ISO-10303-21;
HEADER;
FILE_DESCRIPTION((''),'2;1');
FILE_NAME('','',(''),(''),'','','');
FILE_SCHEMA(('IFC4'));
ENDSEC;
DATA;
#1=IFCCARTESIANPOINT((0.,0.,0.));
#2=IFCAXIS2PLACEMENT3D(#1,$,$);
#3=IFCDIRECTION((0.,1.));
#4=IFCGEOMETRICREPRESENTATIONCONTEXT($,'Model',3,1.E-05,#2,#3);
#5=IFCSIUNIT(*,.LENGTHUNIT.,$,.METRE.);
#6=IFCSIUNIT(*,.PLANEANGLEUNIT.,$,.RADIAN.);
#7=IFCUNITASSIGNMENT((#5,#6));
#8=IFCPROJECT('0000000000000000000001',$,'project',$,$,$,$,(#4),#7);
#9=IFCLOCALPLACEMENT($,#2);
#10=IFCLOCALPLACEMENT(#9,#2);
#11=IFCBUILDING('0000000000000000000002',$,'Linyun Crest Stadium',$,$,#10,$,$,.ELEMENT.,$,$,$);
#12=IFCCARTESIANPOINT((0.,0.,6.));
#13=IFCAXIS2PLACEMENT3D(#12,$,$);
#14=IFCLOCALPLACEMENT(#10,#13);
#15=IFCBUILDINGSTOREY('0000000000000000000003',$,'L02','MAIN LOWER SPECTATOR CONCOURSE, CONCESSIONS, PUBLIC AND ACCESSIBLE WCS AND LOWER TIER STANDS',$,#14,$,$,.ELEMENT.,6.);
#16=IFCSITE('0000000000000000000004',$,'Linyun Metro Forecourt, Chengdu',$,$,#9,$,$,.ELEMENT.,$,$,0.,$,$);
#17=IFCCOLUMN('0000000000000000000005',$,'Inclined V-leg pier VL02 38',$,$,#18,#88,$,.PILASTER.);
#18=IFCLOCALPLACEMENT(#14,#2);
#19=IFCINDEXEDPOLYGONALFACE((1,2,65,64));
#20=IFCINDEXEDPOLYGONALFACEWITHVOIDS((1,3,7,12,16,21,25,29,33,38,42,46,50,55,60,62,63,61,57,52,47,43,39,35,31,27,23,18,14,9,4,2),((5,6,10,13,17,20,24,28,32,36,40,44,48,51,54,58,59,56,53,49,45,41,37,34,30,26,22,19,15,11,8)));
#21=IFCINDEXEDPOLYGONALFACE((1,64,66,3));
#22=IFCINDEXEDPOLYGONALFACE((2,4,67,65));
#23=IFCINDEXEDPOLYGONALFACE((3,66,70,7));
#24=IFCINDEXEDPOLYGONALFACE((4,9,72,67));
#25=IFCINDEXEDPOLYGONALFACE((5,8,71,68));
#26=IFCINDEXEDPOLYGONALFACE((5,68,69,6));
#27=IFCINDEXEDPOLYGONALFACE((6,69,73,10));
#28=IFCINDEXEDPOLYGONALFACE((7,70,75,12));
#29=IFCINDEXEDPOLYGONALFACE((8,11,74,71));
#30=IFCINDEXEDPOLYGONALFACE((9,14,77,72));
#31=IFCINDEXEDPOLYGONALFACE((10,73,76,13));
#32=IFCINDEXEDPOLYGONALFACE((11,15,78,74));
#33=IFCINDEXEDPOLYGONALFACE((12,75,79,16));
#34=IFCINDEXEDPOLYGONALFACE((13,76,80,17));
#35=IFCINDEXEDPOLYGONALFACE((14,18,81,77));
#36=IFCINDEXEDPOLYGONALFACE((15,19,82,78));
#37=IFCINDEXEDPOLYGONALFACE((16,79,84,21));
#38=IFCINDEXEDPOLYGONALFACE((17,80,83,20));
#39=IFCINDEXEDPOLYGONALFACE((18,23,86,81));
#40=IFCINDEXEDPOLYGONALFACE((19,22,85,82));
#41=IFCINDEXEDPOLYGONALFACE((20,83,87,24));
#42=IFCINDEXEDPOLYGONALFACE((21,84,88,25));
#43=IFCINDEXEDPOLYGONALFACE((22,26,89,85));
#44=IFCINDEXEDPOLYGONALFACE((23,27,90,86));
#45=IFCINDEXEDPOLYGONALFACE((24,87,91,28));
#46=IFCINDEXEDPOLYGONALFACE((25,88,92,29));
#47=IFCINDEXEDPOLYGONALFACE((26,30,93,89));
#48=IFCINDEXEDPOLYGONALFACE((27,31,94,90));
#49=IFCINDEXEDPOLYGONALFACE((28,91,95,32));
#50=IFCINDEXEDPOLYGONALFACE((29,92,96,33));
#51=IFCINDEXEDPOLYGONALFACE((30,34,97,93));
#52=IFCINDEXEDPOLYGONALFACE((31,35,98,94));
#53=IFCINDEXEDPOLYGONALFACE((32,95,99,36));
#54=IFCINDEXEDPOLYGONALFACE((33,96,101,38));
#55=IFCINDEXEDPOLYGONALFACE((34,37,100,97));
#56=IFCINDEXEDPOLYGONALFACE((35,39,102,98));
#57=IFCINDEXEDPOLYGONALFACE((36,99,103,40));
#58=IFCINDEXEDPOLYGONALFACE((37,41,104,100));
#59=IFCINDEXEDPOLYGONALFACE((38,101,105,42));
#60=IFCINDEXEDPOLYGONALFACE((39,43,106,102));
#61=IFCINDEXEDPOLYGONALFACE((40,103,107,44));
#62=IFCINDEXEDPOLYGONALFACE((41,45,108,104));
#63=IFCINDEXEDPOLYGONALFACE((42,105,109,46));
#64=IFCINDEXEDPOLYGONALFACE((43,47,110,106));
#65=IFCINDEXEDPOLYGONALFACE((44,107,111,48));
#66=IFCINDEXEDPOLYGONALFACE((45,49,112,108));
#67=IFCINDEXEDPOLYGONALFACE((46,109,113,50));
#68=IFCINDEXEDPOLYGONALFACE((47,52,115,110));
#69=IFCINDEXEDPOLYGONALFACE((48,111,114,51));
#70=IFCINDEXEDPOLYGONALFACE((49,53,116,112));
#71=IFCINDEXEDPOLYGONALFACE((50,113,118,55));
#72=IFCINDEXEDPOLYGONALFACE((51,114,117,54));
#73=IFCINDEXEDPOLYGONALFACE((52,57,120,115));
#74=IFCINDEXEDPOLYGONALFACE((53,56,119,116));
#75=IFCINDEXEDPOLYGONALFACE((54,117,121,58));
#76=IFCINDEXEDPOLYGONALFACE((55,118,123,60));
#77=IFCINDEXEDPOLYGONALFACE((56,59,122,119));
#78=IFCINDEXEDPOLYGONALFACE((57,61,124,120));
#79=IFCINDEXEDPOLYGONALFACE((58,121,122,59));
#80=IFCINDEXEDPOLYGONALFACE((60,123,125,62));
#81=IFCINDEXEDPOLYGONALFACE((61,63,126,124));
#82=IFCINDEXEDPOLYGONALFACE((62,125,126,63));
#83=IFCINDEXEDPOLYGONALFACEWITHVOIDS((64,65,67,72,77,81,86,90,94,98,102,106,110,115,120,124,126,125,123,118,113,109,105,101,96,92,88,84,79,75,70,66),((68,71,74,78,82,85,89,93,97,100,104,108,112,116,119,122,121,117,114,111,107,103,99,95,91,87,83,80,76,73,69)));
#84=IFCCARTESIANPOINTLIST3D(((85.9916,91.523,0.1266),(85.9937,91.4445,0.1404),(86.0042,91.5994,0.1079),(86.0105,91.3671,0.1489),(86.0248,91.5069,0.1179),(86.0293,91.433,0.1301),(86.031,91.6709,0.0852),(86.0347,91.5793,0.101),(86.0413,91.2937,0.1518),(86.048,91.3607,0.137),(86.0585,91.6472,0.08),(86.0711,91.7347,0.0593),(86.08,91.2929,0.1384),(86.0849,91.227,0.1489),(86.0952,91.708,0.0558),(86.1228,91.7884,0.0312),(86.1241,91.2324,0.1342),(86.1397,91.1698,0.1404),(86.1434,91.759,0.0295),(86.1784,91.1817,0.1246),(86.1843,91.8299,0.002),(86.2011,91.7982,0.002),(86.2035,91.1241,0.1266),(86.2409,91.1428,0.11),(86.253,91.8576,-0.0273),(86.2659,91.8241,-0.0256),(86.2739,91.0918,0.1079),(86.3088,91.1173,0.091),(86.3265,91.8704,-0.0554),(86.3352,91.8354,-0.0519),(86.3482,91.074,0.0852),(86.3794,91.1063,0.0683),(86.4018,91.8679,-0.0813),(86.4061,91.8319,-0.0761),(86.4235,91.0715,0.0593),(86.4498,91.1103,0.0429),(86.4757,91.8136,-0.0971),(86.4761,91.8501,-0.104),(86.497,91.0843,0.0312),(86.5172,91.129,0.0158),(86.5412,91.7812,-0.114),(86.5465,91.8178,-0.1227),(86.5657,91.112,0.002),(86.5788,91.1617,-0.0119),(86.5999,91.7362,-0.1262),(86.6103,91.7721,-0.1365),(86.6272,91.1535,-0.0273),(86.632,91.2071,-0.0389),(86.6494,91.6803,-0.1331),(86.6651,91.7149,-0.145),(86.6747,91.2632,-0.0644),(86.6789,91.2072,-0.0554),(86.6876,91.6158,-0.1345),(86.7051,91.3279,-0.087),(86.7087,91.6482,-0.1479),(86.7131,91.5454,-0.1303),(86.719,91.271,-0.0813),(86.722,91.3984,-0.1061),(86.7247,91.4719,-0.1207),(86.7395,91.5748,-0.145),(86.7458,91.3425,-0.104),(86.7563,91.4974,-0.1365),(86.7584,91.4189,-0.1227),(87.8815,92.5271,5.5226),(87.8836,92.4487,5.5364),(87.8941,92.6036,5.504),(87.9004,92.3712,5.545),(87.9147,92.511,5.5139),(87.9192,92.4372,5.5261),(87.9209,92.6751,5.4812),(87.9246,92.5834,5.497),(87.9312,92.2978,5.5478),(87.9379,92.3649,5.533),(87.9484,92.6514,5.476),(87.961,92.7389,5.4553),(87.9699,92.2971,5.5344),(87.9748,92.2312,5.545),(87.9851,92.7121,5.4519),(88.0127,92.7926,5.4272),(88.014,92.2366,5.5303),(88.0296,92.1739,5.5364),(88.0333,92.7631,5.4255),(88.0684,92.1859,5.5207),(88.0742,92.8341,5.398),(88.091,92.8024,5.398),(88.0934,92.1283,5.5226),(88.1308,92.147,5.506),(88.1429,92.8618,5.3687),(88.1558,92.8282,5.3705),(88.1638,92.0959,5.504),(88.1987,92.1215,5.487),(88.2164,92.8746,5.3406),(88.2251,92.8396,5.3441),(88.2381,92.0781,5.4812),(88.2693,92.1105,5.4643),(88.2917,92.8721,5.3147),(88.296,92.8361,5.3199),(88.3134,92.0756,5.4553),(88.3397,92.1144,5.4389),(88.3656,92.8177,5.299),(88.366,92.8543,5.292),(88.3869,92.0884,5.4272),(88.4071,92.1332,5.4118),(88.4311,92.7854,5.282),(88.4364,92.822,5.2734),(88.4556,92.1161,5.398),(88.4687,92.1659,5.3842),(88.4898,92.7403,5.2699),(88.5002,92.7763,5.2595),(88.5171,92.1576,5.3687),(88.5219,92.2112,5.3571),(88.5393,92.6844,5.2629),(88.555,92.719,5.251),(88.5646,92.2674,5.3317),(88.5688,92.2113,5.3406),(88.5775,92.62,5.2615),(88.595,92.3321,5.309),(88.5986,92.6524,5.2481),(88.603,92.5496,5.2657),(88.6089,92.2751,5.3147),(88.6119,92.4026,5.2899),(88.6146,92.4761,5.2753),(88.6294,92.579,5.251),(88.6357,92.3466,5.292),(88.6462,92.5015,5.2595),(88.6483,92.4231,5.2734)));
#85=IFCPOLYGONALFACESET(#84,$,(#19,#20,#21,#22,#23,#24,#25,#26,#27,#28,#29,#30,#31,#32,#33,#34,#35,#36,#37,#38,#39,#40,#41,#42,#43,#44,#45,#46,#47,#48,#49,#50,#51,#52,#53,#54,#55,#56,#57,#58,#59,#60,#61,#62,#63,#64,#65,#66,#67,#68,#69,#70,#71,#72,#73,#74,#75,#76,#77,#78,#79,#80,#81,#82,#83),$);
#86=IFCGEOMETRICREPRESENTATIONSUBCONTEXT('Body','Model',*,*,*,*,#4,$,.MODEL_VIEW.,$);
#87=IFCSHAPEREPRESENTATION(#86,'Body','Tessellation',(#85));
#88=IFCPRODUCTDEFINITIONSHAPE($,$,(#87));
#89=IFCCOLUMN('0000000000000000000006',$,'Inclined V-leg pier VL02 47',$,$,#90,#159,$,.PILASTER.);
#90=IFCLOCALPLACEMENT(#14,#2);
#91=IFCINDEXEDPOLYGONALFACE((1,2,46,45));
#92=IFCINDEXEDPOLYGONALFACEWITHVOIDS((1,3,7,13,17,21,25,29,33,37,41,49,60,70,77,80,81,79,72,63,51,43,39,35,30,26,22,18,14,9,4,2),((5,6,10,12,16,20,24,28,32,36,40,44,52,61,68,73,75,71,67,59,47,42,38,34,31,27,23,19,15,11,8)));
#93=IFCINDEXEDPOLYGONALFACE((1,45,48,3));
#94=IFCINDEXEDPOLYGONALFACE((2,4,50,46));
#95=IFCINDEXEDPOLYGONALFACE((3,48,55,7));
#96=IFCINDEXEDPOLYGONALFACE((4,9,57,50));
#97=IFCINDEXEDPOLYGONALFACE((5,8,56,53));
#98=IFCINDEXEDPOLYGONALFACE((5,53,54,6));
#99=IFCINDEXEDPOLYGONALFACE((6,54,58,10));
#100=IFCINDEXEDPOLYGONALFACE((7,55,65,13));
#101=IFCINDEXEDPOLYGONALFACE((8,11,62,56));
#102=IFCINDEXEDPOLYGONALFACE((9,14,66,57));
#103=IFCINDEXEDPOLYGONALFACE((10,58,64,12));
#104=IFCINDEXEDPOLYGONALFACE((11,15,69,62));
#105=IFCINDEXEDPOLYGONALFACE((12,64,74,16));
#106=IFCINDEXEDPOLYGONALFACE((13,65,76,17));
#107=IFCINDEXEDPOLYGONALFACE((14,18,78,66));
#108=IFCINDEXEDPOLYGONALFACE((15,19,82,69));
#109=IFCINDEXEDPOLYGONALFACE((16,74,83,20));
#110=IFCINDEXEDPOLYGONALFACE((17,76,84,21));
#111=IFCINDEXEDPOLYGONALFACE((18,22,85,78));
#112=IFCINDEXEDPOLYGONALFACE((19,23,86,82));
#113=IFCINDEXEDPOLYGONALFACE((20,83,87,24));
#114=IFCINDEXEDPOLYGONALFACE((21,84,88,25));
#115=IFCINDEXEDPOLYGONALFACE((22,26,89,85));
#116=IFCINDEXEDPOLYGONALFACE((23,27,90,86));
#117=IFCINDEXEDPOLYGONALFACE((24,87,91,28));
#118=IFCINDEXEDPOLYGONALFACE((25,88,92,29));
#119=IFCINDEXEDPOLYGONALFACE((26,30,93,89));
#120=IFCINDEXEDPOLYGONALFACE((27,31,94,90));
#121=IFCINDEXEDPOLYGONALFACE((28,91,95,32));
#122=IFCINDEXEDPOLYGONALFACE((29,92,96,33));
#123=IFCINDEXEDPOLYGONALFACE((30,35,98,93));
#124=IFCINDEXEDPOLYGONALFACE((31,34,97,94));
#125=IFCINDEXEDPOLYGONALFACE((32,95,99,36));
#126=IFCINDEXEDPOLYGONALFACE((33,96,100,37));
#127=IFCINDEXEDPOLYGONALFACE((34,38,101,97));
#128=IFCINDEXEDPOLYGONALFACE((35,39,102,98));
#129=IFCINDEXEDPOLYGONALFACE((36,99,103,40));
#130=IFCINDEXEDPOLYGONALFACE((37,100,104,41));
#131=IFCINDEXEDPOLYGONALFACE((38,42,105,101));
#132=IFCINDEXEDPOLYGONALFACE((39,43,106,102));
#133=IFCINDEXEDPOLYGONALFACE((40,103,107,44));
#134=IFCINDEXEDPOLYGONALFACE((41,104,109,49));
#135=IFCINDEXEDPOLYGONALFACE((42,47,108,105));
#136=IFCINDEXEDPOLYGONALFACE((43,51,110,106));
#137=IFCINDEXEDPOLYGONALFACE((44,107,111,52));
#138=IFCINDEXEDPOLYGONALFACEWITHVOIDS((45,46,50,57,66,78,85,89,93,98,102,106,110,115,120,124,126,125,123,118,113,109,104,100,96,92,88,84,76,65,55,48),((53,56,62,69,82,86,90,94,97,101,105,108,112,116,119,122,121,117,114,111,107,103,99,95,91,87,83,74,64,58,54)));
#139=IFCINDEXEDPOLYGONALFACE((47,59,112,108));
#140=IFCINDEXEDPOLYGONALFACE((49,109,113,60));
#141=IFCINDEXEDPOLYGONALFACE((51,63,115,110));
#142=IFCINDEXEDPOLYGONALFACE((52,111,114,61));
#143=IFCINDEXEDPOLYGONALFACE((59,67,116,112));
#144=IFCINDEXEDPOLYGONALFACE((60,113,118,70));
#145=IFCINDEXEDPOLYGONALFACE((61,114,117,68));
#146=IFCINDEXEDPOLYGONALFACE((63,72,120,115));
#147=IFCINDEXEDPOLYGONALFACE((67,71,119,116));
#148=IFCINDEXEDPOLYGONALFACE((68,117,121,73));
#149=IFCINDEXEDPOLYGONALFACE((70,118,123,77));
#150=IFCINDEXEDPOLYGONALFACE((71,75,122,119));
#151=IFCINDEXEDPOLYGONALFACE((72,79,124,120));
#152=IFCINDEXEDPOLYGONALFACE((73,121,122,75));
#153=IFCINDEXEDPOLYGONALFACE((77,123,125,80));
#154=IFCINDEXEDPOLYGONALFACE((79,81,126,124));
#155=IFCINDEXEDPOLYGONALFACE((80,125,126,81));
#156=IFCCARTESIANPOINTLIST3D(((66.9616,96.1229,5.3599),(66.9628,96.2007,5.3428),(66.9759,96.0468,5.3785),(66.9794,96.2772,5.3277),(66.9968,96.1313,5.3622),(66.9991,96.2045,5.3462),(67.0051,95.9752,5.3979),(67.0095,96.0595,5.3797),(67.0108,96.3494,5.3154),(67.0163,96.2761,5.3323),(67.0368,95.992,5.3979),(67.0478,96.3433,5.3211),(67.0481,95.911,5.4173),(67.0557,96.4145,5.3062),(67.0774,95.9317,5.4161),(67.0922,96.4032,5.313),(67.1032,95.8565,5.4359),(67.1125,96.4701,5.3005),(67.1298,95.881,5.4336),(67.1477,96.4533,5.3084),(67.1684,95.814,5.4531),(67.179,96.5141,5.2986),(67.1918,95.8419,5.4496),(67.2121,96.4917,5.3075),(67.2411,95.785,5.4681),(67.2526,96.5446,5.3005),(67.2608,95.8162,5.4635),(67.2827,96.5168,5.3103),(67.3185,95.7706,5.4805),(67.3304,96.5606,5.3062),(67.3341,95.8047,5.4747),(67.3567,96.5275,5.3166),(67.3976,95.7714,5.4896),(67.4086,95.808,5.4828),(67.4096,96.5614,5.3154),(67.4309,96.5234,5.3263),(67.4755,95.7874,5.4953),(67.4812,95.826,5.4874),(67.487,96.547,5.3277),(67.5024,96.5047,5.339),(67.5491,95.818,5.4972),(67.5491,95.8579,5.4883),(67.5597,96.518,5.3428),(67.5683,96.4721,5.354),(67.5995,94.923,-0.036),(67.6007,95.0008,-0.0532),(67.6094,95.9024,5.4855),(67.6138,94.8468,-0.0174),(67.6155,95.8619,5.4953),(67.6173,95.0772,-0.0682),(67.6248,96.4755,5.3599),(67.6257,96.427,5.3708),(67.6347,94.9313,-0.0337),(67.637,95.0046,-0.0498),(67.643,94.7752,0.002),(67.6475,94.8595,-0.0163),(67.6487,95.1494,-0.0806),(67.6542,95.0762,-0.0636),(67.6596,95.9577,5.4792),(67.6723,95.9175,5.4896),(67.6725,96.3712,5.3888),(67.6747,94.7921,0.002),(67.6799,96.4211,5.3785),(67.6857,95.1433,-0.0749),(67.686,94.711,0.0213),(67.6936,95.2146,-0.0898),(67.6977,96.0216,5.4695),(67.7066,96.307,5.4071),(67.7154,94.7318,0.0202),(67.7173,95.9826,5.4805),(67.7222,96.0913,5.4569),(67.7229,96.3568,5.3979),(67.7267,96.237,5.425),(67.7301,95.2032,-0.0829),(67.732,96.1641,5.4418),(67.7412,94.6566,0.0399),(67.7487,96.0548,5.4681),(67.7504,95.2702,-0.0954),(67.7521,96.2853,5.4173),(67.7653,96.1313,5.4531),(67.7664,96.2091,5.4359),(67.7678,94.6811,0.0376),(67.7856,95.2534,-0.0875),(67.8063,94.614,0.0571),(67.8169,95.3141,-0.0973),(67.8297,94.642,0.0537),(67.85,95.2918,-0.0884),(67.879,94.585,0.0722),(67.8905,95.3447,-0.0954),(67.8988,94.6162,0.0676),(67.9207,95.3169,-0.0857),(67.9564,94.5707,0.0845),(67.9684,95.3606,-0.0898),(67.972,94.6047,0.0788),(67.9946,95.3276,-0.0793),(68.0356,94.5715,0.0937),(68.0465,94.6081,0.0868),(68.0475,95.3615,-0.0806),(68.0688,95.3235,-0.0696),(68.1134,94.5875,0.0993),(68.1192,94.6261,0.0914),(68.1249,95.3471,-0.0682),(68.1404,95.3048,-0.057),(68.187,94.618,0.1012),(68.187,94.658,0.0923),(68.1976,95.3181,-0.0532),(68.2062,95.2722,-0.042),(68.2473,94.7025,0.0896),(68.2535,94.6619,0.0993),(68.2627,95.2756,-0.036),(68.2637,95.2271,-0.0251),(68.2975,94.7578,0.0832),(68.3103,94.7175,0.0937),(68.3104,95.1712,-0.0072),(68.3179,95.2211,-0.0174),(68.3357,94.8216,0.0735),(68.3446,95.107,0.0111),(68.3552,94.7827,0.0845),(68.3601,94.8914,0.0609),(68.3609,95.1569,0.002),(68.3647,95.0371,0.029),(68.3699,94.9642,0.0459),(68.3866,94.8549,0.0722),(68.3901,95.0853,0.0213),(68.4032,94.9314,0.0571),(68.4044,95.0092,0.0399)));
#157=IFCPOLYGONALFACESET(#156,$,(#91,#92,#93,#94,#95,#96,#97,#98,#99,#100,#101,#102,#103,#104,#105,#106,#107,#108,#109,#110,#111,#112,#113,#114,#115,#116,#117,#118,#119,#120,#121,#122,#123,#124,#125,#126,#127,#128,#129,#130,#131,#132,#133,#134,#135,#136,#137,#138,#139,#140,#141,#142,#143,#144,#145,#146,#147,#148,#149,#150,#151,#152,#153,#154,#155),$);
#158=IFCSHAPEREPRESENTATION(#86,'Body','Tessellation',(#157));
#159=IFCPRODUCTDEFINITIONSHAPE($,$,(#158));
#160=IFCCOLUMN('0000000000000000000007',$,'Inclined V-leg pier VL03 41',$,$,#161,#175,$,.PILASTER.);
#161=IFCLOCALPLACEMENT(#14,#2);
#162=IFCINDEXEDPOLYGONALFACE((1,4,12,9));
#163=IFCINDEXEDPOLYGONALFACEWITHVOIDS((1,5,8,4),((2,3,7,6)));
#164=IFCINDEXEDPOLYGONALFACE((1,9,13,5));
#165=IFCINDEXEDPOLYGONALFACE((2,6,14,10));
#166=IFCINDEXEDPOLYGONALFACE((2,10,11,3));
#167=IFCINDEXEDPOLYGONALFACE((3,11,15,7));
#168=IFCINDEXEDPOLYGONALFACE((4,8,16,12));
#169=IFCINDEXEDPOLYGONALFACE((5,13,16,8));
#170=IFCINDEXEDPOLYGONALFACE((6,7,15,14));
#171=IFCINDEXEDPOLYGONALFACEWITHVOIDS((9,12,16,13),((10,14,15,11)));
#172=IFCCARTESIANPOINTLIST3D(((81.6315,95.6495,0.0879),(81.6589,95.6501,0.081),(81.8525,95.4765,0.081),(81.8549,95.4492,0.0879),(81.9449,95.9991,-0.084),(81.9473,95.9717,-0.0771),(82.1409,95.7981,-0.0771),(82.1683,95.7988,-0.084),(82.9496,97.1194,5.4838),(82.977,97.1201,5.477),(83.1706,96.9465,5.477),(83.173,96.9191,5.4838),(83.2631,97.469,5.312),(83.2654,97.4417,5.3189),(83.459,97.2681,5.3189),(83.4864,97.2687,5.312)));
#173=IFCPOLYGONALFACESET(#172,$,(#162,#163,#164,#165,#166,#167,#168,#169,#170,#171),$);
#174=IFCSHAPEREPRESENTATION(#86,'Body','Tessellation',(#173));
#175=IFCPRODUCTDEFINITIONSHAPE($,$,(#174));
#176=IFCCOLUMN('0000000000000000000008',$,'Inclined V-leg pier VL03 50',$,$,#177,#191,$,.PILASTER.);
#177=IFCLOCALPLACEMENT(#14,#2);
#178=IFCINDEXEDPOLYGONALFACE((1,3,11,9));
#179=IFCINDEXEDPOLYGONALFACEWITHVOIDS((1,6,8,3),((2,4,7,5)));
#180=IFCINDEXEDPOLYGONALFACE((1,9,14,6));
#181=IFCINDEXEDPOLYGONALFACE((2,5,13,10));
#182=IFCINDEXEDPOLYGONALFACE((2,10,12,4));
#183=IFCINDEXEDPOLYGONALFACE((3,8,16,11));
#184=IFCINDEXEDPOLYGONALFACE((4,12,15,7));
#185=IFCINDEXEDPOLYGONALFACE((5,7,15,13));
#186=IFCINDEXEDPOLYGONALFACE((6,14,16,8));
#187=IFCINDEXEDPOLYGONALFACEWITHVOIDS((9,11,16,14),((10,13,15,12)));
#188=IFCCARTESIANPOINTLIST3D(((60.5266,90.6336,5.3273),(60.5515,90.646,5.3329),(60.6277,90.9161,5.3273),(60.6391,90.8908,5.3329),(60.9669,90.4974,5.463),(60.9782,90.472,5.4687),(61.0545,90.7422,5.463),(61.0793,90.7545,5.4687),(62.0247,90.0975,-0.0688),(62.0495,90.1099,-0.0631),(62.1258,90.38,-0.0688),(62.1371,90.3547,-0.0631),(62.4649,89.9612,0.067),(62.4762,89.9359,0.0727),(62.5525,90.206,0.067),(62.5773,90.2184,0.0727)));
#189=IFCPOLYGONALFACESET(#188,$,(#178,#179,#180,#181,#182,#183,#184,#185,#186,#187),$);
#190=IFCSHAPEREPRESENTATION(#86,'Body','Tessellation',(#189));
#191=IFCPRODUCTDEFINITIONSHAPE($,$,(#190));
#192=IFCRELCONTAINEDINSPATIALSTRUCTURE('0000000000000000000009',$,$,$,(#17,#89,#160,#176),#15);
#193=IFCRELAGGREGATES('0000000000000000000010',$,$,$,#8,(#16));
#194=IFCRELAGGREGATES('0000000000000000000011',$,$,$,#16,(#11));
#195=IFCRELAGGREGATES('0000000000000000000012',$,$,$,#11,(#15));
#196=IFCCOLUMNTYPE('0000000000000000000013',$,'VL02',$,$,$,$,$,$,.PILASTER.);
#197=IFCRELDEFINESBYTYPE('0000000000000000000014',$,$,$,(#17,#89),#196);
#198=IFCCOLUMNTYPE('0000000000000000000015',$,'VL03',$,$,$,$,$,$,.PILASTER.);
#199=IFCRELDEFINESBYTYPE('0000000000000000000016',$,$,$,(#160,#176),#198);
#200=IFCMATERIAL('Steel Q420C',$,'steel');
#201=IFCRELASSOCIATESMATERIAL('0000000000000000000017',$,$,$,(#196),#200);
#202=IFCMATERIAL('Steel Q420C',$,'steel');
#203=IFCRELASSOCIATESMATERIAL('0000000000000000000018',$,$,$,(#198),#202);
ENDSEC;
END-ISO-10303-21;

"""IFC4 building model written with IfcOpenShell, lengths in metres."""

from ifc_helpers import new_model, si_unit, direction, frame, origin, origin_2d, place, context, subcontext, project, spatial, hollow_rectangle, hollow_circle, extrude, material, material_profile, profile_set, type_object, element, save


model = new_model("IFC4")

# Units and contexts
model_context = context("Model", 3, precision=1e-05, world=origin(), true_north=direction((0.0, 1.0)))
body_context = subcontext(model_context, "Body", "Model", "MODEL_VIEW")
ifc_project = project(units=[si_unit("LENGTHUNIT", "METRE"), si_unit("PLANEANGLEUNIT", "RADIAN")], contexts=[model_context])

# Site, building, storey
site_placement = place(None, origin())
site = spatial("IfcSite", under=ifc_project, at=site_placement, Name="Linyun Metro Forecourt, Chengdu", CompositionType="ELEMENT", RefElevation=0.0)
building_placement = place(site_placement, origin())
building = spatial("IfcBuilding", under=site, at=building_placement, Name="Linyun Crest Stadium", CompositionType="ELEMENT")
storey_placement = place(building_placement, frame((0.0, 0.0, 6.0)))
storey = spatial("IfcBuildingStorey", under=building, at=storey_placement, Name="L02", Description="MAIN LOWER SPECTATOR CONCOURSE, CONCESSIONS, PUBLIC AND ACCESSIBLE WCS AND LOWER TIER STANDS", CompositionType="ELEMENT", Elevation=6.0)

# Columns
ifc_material_1 = material(Name="Steel Q420C", Category="steel")
ifc_material_profile_1 = material_profile(ifc_material_1, hollow_circle(Radius=0.4065, WallThickness=0.0359, at=origin_2d()), Name="CHS 813x36")
ifc_profile_set_1 = profile_set([ifc_material_profile_1], Name="Steel Q420C")
column_type_1 = type_object("IfcColumnType", Name="VL02", PredefinedType="PILASTER", material=ifc_profile_set_1)
column_1_placement = place(storey_placement, frame((86.375, 91.4709, 0.002), z_axis=(0.325569, 0.172983, 0.92956), x_axis=(-0.469208, 0.883088, 0.0)))
element("IfcColumn", 1, at=column_1_placement, inside=storey, type_object=column_type_1, Name="Inclined V-leg pier VL02 38", PredefinedType="PILASTER", context=body_context, shape_type="SweptSolid", body=[
    extrude(hollow_circle(Radius=0.4065, WallThickness=0.0359, at=origin_2d()), origin(), (0.0, 0.0, 1.0), 5.8049),
])
column_2_placement = place(storey_placement, frame((68.002, 94.9661, 0.002), z_axis=(-0.114645, 0.215644, 0.969719), x_axis=(-0.882974, -0.469422, 0.0)))
element("IfcColumn", 2, at=column_2_placement, inside=storey, type_object=column_type_1, Name="Inclined V-leg pier VL02 47", PredefinedType="PILASTER", context=body_context, shape_type="SweptSolid", body=[
    extrude(hollow_circle(Radius=0.4065, WallThickness=0.0359, at=origin_2d()), origin(), (0.0, 0.0, 1.0), 5.5645),
])
ifc_material_2 = material(Name="Steel Q420C", Category="steel")
ifc_material_profile_2 = material_profile(ifc_material_2, hollow_rectangle(XDim=0.3, YDim=0.5, WallThickness=0.02, at=origin_2d()), Name="RHS 500x300x20")
ifc_profile_set_2 = profile_set([ifc_material_profile_2], Name="Steel Q420C")
column_type_2 = type_object("IfcColumnType", Name="VL03", PredefinedType="PILASTER", material=ifc_profile_set_2)
column_3_placement = place(storey_placement, frame((81.8999, 95.7241, 0.002), z_axis=(0.229402, 0.255831, 0.939109), x_axis=(-0.744516, 0.667604, 0.0)))
element("IfcColumn", 3, at=column_3_placement, inside=storey, type_object=column_type_2, Name="Inclined V-leg pier VL03 41", PredefinedType="PILASTER", context=body_context, shape_type="SweptSolid", body=[
    extrude(hollow_rectangle(XDim=0.3, YDim=0.5, WallThickness=0.02, at=origin_2d()), origin(), (0.0, 0.0, 1.0), 5.7458),
])
column_4_placement = place(storey_placement, frame((62.301, 90.158, 0.002), z_axis=(-0.266287, 0.095301, 0.959171), x_axis=(-0.336958, -0.94152, 0.0)))
element("IfcColumn", 4, at=column_4_placement, inside=storey, type_object=column_type_2, Name="Inclined V-leg pier VL03 50", PredefinedType="PILASTER", context=body_context, shape_type="SweptSolid", body=[
    extrude(hollow_rectangle(XDim=0.3, YDim=0.5, WallThickness=0.02, at=origin_2d()), origin(), (0.0, 0.0, 1.0), 5.6257),
])

save(model, "model.ifc")
